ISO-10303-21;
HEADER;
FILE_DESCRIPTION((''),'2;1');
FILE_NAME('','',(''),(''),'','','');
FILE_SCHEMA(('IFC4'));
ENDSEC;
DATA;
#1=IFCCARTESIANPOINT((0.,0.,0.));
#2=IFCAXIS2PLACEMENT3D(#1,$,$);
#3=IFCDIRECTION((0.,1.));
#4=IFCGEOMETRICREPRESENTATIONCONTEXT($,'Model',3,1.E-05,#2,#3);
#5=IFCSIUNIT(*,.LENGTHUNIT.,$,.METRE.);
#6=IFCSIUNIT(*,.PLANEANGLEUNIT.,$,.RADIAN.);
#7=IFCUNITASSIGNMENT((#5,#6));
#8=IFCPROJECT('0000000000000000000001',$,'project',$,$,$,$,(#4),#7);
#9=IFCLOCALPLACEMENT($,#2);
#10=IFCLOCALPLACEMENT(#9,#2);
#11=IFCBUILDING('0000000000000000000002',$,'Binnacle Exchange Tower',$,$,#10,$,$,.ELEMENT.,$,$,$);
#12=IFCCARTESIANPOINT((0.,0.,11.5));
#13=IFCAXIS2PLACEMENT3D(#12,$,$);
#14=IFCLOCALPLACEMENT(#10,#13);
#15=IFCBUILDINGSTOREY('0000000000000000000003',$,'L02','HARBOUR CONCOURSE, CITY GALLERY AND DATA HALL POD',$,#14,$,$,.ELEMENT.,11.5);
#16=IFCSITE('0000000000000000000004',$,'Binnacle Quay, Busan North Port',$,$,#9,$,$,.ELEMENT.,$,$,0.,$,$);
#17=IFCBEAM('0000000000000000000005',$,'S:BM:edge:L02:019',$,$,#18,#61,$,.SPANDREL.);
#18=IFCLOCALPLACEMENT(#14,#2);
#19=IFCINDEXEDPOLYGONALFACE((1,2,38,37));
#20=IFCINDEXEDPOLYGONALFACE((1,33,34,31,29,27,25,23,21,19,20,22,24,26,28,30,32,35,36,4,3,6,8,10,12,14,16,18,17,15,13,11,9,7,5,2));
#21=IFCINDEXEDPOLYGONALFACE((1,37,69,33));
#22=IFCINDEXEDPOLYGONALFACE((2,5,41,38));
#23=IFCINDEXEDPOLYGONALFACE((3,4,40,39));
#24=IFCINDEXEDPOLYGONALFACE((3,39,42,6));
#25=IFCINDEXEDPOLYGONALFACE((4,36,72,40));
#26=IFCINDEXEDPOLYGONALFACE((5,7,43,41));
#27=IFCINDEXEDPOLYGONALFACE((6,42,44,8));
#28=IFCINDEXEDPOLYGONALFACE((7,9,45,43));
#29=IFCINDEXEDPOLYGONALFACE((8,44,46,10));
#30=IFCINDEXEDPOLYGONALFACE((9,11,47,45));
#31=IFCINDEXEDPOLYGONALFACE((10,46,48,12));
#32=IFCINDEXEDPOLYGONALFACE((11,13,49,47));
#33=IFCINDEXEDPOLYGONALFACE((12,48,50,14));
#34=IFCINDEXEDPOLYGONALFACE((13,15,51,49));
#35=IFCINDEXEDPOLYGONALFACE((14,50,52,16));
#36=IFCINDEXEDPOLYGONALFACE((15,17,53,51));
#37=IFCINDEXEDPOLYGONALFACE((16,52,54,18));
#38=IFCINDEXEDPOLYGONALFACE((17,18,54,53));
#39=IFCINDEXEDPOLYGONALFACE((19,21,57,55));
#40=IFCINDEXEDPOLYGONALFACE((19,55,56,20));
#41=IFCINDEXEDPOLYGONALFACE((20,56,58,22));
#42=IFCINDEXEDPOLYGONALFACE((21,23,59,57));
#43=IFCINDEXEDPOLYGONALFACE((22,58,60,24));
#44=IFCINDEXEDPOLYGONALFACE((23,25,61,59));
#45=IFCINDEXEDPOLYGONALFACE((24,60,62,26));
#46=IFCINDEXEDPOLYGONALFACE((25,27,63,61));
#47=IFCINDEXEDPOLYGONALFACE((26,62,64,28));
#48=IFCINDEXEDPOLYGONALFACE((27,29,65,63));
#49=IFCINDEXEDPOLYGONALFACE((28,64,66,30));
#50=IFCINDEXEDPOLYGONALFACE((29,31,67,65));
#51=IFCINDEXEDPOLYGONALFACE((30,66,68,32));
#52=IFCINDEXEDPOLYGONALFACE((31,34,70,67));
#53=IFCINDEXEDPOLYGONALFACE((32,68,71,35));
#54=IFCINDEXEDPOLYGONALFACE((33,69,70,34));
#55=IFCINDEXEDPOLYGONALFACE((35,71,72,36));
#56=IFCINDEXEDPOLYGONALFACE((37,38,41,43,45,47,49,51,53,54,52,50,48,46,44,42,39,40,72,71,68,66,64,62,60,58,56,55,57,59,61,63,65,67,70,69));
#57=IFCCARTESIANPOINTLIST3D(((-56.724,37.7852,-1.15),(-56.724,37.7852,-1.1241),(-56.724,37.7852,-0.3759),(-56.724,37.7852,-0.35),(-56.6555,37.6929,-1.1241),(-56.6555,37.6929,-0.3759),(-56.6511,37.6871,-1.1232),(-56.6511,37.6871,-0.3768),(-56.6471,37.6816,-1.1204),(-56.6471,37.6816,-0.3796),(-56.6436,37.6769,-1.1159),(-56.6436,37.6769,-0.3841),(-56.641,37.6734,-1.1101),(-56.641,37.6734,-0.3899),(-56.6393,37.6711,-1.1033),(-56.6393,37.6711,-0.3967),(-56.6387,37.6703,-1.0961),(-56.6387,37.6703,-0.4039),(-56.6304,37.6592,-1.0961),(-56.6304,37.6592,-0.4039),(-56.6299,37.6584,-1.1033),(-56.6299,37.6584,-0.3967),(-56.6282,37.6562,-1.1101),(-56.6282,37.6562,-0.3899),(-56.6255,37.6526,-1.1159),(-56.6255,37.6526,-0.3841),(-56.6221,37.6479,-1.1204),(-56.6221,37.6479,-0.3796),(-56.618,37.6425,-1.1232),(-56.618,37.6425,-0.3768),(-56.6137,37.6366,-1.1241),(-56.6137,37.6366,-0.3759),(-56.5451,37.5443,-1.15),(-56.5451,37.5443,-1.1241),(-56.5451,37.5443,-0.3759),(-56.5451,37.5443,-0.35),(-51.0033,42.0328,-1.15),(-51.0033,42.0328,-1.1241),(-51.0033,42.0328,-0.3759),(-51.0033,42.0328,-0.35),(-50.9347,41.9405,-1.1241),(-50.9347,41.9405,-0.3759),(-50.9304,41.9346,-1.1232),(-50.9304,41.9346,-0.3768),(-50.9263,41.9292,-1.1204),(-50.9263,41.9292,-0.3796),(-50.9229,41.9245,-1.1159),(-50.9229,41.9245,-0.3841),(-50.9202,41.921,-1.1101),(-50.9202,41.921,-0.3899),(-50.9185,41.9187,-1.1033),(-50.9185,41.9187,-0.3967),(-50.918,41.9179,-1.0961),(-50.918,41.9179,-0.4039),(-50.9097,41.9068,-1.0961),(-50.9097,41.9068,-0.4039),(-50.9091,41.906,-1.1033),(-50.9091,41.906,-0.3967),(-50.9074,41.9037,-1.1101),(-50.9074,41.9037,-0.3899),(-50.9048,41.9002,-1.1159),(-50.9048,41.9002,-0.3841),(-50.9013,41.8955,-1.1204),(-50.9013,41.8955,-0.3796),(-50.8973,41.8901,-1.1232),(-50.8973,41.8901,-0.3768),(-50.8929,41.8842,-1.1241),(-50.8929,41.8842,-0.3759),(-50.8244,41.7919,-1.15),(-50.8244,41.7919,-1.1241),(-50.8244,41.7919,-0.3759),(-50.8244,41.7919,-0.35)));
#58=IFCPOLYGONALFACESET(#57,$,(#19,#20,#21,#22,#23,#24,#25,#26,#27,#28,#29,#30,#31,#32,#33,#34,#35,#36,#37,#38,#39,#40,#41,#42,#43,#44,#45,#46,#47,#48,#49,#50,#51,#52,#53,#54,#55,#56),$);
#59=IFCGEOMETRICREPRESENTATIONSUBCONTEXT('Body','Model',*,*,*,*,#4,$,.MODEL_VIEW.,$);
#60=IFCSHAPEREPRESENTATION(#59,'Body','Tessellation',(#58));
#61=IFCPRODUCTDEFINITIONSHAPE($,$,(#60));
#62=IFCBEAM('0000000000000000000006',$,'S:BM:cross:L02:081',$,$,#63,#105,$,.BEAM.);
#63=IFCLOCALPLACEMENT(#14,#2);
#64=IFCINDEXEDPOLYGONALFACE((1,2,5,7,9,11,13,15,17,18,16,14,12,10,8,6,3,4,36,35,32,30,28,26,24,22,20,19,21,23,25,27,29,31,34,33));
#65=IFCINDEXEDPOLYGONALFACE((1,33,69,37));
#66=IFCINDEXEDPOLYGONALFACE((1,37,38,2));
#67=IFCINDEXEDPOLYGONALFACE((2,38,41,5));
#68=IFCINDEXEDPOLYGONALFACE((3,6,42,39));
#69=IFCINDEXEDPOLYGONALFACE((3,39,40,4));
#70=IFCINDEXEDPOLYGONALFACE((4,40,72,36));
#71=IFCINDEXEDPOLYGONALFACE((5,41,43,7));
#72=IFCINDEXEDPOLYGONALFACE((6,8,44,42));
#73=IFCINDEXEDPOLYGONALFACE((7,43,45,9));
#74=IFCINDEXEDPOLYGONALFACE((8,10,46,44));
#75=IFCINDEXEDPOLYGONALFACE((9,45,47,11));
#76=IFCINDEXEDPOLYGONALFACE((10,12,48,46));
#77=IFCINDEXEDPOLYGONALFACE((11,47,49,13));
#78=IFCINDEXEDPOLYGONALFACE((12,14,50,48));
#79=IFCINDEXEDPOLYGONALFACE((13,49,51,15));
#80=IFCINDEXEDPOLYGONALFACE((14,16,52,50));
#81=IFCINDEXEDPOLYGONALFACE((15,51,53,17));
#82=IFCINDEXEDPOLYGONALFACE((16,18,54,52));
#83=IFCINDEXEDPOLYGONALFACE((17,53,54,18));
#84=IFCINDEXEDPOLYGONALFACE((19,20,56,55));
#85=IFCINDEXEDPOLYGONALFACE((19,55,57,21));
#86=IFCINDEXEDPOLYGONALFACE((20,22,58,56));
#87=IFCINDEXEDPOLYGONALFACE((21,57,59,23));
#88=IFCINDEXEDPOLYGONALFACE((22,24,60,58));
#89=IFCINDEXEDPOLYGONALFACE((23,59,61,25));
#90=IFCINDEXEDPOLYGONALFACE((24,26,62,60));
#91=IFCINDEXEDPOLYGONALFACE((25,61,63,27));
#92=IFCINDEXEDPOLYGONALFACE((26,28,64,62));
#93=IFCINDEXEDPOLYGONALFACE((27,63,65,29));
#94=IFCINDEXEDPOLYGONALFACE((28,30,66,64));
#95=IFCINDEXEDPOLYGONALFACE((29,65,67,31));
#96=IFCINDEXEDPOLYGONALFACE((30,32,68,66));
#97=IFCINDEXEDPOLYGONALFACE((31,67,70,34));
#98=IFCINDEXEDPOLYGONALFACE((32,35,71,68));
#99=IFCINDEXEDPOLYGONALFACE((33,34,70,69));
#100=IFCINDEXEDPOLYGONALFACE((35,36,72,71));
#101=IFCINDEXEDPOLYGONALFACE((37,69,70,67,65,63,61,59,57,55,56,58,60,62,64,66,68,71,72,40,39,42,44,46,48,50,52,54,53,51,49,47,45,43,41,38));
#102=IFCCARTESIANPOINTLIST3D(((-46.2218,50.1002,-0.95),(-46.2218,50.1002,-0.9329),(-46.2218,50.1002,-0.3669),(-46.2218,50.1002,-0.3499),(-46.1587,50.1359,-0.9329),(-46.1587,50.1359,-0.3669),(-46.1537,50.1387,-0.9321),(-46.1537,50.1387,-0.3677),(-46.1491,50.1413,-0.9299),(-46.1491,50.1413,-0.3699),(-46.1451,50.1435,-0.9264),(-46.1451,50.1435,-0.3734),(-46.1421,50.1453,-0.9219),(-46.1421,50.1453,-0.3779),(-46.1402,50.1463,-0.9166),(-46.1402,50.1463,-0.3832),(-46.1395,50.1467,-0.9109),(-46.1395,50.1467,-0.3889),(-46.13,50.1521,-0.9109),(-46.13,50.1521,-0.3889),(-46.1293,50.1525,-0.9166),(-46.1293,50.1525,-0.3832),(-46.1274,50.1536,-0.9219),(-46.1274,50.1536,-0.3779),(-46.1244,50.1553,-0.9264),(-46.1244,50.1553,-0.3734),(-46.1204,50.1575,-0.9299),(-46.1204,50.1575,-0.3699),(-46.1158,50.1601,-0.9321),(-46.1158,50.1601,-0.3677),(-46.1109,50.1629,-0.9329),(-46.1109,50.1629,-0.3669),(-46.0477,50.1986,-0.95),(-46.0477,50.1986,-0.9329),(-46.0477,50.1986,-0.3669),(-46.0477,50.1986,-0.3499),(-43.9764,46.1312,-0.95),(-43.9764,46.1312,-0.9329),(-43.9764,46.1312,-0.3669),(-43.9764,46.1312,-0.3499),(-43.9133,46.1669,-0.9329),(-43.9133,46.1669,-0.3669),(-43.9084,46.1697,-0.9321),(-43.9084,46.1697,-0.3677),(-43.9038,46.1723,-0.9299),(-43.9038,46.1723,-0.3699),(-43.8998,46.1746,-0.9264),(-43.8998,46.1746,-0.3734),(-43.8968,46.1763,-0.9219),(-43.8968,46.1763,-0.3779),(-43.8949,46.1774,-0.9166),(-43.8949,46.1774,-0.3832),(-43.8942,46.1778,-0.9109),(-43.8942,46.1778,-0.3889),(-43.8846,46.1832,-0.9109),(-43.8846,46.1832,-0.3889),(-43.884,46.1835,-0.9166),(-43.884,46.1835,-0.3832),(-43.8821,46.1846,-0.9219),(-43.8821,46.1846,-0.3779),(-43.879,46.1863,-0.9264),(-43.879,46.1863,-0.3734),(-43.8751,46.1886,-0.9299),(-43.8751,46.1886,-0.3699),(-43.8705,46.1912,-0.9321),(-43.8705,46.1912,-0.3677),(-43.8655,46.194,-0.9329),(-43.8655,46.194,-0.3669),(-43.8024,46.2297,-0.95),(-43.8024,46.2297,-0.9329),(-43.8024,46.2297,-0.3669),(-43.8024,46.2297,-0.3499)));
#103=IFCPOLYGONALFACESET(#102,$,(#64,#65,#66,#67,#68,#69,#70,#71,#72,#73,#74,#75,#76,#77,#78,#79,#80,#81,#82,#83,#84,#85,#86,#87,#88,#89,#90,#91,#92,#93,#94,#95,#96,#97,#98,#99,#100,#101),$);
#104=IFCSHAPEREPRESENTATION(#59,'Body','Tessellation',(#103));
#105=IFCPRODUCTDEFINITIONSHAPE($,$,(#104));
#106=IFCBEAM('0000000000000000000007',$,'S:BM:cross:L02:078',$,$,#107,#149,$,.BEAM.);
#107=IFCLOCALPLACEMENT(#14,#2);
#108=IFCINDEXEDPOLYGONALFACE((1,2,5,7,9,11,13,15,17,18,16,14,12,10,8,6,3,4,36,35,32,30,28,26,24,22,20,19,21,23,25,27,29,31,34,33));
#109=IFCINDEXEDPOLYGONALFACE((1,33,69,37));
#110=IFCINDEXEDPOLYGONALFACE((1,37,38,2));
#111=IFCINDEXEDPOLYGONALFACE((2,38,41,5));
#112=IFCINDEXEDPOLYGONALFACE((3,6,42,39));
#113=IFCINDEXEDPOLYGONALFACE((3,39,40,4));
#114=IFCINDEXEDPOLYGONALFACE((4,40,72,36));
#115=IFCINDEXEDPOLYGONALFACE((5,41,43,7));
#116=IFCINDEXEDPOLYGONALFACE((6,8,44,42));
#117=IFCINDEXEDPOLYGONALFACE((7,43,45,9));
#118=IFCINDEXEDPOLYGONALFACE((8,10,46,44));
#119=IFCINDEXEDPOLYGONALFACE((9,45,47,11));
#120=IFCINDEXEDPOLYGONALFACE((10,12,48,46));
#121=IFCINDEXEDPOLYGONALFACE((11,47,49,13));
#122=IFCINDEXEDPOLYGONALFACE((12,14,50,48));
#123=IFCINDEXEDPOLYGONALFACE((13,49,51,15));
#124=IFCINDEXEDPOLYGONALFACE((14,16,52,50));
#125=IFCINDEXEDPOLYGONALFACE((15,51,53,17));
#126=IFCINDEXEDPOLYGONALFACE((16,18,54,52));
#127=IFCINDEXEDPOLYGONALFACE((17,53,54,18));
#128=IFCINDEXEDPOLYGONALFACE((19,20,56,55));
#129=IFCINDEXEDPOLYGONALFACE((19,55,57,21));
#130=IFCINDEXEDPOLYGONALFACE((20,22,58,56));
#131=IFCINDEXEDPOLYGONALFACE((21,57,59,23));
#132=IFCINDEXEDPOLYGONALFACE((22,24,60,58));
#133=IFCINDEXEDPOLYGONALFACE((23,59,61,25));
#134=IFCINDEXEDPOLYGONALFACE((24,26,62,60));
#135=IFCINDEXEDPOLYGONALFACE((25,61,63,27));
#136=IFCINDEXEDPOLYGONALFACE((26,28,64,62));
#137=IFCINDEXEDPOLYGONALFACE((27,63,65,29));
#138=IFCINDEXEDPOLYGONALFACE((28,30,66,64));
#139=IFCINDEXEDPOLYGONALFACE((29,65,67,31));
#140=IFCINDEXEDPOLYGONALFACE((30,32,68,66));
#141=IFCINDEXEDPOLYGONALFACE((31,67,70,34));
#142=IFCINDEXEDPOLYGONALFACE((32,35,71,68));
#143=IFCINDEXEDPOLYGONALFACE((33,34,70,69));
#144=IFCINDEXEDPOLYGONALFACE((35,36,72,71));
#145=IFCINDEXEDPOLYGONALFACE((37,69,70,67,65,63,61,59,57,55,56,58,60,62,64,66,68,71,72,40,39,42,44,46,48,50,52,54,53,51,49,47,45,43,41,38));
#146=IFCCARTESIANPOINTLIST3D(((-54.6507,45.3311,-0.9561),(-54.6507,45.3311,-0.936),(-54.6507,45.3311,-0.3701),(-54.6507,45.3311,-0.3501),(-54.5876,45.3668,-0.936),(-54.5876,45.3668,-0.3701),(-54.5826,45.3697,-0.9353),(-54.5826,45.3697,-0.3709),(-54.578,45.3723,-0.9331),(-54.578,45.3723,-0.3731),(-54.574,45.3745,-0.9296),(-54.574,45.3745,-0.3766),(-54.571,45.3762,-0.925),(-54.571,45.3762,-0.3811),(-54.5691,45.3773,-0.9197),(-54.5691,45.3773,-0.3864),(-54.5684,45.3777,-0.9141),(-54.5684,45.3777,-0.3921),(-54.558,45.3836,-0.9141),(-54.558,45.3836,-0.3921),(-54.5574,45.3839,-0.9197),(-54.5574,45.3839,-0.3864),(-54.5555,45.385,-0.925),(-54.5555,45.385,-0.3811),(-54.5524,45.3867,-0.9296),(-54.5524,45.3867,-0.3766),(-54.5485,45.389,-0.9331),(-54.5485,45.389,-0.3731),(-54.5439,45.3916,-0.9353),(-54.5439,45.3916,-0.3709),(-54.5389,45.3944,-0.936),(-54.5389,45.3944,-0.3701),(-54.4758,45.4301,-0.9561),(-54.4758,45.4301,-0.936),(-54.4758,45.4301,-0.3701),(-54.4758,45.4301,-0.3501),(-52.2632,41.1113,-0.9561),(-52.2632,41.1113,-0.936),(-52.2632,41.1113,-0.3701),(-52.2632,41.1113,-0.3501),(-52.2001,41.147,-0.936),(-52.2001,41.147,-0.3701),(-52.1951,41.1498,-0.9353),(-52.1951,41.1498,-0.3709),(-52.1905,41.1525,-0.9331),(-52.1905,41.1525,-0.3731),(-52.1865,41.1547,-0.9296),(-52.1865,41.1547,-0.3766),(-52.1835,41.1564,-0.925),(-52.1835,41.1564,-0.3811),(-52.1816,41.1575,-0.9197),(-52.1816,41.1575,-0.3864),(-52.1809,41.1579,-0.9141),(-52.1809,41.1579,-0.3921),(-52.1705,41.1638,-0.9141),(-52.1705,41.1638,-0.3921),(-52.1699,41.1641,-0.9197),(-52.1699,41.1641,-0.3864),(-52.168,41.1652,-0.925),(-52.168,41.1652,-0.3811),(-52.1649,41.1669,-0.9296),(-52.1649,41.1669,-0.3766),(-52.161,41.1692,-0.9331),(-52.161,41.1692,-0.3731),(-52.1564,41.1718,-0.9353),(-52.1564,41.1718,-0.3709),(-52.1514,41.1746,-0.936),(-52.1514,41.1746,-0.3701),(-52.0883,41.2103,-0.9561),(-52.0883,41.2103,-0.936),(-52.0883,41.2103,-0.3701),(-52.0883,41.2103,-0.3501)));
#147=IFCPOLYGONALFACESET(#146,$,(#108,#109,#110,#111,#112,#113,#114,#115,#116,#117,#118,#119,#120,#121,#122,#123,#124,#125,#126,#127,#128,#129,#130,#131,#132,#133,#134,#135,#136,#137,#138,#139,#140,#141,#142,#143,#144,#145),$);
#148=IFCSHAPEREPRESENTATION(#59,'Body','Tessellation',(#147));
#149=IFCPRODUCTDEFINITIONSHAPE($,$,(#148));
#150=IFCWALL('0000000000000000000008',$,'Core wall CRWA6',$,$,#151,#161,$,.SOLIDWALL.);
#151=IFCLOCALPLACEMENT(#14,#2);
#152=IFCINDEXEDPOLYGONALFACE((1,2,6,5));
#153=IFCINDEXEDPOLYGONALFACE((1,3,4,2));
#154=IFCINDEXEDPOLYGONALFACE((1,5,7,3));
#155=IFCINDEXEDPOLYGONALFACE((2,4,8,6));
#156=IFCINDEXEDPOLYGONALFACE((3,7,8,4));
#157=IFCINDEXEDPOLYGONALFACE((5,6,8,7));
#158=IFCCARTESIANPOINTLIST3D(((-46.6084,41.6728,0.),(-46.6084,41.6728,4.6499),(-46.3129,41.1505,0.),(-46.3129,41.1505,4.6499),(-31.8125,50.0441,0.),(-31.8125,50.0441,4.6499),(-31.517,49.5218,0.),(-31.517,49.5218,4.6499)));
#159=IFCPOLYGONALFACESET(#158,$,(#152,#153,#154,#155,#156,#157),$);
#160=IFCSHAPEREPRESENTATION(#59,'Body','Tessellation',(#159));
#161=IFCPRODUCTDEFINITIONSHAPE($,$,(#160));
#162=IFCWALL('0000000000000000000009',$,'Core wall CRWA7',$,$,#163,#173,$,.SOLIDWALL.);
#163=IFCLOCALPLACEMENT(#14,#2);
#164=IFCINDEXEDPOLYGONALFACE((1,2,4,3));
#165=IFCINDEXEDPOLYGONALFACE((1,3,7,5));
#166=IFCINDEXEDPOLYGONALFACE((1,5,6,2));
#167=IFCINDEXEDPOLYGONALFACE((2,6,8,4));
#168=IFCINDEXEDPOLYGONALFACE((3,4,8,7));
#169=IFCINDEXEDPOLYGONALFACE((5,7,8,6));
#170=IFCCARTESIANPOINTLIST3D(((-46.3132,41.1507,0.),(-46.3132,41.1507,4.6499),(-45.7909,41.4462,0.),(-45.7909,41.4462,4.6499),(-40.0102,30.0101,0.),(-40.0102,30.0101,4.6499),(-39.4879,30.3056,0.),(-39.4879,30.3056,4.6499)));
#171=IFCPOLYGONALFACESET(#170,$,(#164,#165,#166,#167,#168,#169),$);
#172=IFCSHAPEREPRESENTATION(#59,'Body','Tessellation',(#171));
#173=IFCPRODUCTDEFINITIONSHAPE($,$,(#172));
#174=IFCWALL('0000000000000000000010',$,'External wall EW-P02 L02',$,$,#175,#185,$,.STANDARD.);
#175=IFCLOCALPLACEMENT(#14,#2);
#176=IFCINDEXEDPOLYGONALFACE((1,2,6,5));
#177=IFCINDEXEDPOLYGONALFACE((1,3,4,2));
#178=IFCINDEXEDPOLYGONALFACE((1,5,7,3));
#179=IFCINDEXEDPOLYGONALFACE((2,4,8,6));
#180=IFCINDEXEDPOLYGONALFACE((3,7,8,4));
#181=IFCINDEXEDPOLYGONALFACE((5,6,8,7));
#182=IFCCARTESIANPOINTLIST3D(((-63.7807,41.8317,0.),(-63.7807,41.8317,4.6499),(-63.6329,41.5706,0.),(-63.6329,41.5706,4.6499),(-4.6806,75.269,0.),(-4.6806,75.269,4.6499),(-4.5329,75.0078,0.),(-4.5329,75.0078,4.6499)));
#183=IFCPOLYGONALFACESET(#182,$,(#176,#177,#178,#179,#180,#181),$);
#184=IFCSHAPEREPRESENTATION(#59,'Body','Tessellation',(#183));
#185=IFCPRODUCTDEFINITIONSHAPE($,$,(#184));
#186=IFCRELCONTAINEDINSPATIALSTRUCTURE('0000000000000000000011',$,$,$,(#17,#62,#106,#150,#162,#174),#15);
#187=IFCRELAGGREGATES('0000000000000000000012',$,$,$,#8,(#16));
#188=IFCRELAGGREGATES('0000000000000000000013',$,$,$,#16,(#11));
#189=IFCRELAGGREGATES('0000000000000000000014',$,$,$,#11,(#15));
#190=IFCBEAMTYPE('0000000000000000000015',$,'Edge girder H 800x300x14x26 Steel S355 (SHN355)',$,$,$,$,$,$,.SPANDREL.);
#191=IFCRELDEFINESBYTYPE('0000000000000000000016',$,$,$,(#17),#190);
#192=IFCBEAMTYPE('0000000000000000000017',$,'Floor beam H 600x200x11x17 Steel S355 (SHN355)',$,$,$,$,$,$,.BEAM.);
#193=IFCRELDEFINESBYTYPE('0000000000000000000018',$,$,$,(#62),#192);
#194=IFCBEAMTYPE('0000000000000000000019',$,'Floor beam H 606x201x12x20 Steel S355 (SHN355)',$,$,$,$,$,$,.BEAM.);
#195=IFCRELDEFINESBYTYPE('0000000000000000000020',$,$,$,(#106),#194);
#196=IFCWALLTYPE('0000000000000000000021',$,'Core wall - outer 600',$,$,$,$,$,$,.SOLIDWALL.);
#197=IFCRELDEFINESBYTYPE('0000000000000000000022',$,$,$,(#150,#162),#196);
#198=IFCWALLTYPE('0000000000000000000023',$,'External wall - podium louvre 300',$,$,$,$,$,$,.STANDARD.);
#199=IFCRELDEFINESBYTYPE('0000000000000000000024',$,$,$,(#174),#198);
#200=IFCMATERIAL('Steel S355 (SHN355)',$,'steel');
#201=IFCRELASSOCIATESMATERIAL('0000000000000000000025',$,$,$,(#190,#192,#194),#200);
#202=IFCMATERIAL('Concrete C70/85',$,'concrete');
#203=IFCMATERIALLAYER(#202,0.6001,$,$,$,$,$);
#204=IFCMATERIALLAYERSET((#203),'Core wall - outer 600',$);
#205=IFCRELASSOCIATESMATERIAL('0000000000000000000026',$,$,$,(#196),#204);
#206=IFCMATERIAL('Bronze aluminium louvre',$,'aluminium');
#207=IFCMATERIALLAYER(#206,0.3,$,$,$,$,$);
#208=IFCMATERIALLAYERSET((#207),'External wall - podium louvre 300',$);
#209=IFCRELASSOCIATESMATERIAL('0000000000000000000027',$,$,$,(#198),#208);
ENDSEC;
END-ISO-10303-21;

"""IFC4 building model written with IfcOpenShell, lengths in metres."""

from ifc_helpers import new_model, si_unit, direction, frame, frame_2d, origin, origin_2d, place, context, subcontext, project, spatial, rectangle, i_section, extrude, material, layer, layer_set, material_profile, profile_set, type_object, element, save


model = new_model("IFC4")

# Units and contexts
model_context = context("Model", 3, precision=1e-05, world=origin(), true_north=direction((0.0, 1.0)))
body_context = subcontext(model_context, "Body", "Model", "MODEL_VIEW")
ifc_project = project(units=[si_unit("LENGTHUNIT", "METRE"), si_unit("PLANEANGLEUNIT", "RADIAN")], contexts=[model_context])

# Site, building, storey
site_placement = place(None, origin())
site = spatial("IfcSite", under=ifc_project, at=site_placement, Name="Binnacle Quay, Busan North Port", CompositionType="ELEMENT", RefElevation=0.0)
building_placement = place(site_placement, origin())
building = spatial("IfcBuilding", under=site, at=building_placement, Name="Binnacle Exchange Tower", CompositionType="ELEMENT")
storey_placement = place(building_placement, frame((0.0, 0.0, 11.5)))
storey = spatial("IfcBuildingStorey", under=building, at=storey_placement, Name="L02", Description="HARBOUR CONCOURSE, CITY GALLERY AND DATA HALL POD", CompositionType="ELEMENT", Elevation=11.5)

# Shared definitions
ifc_material_1 = material(Name="Concrete C70/85", Category="concrete")

# Beams
ifc_material_2 = material(Name="Steel S355 (SHN355)", Category="steel")
ifc_material_profile_1 = material_profile(ifc_material_2, i_section(OverallWidth=0.3, OverallDepth=0.8, WebThickness=0.0139, FlangeThickness=0.0259, FilletRadius=0.0281, at=origin_2d()), Name="H 800x300x14x26")
ifc_profile_set_1 = profile_set([ifc_material_profile_1], Name="Steel S355 (SHN355)")
beam_type_1 = type_object("IfcBeamType", Name="Edge girder H 800x300x14x26 Steel S355 (SHN355)", PredefinedType="SPANDREL", material=ifc_profile_set_1)
beam_1_placement = place(storey_placement, frame((-50.9138, 41.9124, -0.75), z_axis=(-0.802885, -0.596133, 0.0), x_axis=(0.596133, -0.802885, 0.0)))
element("IfcBeam", 1, at=beam_1_placement, inside=storey, type_object=beam_type_1, Name="S:BM:edge:L02:019", PredefinedType="SPANDREL", context=body_context, shape_type="SweptSolid", body=[
    extrude(i_section(OverallWidth=0.3, OverallDepth=0.8, WebThickness=0.0139, FlangeThickness=0.0259, FilletRadius=0.0281, at=origin_2d()), origin(), (0.0, 0.0, 1.0), 7.1252),
])
ifc_material_profile_2 = material_profile(ifc_material_2, i_section(OverallWidth=0.2, OverallDepth=0.6001, WebThickness=0.011, FlangeThickness=0.0171, FilletRadius=0.022, at=origin_2d()), Name="H 600x200x11x17")
ifc_profile_set_2 = profile_set([ifc_material_profile_2], Name="Steel S355 (SHN355)")
beam_type_2 = type_object("IfcBeamType", Name="Floor beam H 600x200x11x17 Steel S355 (SHN355)", PredefinedType="BEAM", material=ifc_profile_set_2)
beam_2_placement = place(storey_placement, frame((-46.1348, 50.1494, -0.6499), z_axis=(0.492392, -0.870373, 0.0), x_axis=(0.870373, 0.492392, 0.0)))
element("IfcBeam", 2, at=beam_2_placement, inside=storey, type_object=beam_type_2, Name="S:BM:cross:L02:081", PredefinedType="BEAM", context=body_context, shape_type="SweptSolid", body=[
    extrude(i_section(OverallWidth=0.2, OverallDepth=0.6001, WebThickness=0.011, FlangeThickness=0.0171, FilletRadius=0.022, at=origin_2d()), origin(), (0.0, 0.0, 1.0), 4.5601),
])
ifc_material_profile_3 = material_profile(ifc_material_2, i_section(OverallWidth=0.2009, OverallDepth=0.606, WebThickness=0.012, FlangeThickness=0.02, FilletRadius=0.022, at=origin_2d()), Name="H 606x201x12x20")
ifc_profile_set_3 = profile_set([ifc_material_profile_3], Name="Steel S355 (SHN355)")
beam_type_3 = type_object("IfcBeamType", Name="Floor beam H 606x201x12x20 Steel S355 (SHN355)", PredefinedType="BEAM", material=ifc_profile_set_3)
beam_3_placement = place(storey_placement, frame((-54.5632, 45.3806, -0.6531), z_axis=(0.492431, -0.870352, 0.0), x_axis=(0.870352, 0.492431, 0.0)))
element("IfcBeam", 3, at=beam_3_placement, inside=storey, type_object=beam_type_3, Name="S:BM:cross:L02:078", PredefinedType="BEAM", context=body_context, shape_type="SweptSolid", body=[
    extrude(i_section(OverallWidth=0.2009, OverallDepth=0.606, WebThickness=0.012, FlangeThickness=0.02, FilletRadius=0.022, at=origin_2d()), origin(), (0.0, 0.0, 1.0), 4.8484),
])

# Walls
ifc_layer_1 = layer(ifc_material_1, 0.6001)
ifc_layer_set_1 = layer_set([ifc_layer_1], Name="Core wall - outer 600")
wall_type_1 = type_object("IfcWallType", Name="Core wall - outer 600", PredefinedType="SOLIDWALL", material=ifc_layer_set_1)
wall_1_placement = place(storey_placement, frame((-46.4607, 41.4116, 0.0), z_axis=(0.0, 0.0, 1.0), x_axis=(0.87035, 0.492433, 0.0)))
element("IfcWall", 4, at=wall_1_placement, inside=storey, type_object=wall_type_1, Name="Core wall CRWA6", PredefinedType="SOLIDWALL", context=body_context, shape_type="SweptSolid", body=[
    extrude(rectangle(XDim=17.0, YDim=0.6001, at=frame_2d((8.5, 0.0))), origin(), (0.0, 0.0, 1.0), 4.6499),
])
wall_2_placement = place(storey_placement, frame((-46.052, 41.2983, 0.0), z_axis=(0.0, 0.0, 1.0), x_axis=(0.492419, -0.870359, 0.0)))
element("IfcWall", 5, at=wall_2_placement, inside=storey, type_object=wall_type_1, Name="Core wall CRWA7", PredefinedType="SOLIDWALL", context=body_context, shape_type="SweptSolid", body=[
    extrude(rectangle(XDim=12.8, YDim=0.6001, at=frame_2d((6.3999, 0.0))), origin(), (0.0, 0.0, 1.0), 4.6499),
])
ifc_material_3 = material(Name="Bronze aluminium louvre", Category="aluminium")
ifc_layer_2 = layer(ifc_material_3, 0.3)
ifc_layer_set_2 = layer_set([ifc_layer_2], Name="External wall - podium louvre 300")
wall_type_2 = type_object("IfcWallType", Name="External wall - podium louvre 300", PredefinedType="STANDARD", material=ifc_layer_set_2)
wall_3_placement = place(storey_placement, frame((-63.7068, 41.7012, 0.0), z_axis=(0.0, 0.0, 1.0), x_axis=(0.870356, 0.492424, 0.0)))
element("IfcWall", 6, at=wall_3_placement, inside=storey, type_object=wall_type_2, Name="External wall EW-P02 L02", PredefinedType="STANDARD", context=body_context, shape_type="SweptSolid", body=[
    extrude(rectangle(XDim=67.9033, YDim=0.3, at=frame_2d((33.9517, 0.0))), origin(), (0.0, 0.0, 1.0), 4.6499),
])

save(model, "model.ifc")
